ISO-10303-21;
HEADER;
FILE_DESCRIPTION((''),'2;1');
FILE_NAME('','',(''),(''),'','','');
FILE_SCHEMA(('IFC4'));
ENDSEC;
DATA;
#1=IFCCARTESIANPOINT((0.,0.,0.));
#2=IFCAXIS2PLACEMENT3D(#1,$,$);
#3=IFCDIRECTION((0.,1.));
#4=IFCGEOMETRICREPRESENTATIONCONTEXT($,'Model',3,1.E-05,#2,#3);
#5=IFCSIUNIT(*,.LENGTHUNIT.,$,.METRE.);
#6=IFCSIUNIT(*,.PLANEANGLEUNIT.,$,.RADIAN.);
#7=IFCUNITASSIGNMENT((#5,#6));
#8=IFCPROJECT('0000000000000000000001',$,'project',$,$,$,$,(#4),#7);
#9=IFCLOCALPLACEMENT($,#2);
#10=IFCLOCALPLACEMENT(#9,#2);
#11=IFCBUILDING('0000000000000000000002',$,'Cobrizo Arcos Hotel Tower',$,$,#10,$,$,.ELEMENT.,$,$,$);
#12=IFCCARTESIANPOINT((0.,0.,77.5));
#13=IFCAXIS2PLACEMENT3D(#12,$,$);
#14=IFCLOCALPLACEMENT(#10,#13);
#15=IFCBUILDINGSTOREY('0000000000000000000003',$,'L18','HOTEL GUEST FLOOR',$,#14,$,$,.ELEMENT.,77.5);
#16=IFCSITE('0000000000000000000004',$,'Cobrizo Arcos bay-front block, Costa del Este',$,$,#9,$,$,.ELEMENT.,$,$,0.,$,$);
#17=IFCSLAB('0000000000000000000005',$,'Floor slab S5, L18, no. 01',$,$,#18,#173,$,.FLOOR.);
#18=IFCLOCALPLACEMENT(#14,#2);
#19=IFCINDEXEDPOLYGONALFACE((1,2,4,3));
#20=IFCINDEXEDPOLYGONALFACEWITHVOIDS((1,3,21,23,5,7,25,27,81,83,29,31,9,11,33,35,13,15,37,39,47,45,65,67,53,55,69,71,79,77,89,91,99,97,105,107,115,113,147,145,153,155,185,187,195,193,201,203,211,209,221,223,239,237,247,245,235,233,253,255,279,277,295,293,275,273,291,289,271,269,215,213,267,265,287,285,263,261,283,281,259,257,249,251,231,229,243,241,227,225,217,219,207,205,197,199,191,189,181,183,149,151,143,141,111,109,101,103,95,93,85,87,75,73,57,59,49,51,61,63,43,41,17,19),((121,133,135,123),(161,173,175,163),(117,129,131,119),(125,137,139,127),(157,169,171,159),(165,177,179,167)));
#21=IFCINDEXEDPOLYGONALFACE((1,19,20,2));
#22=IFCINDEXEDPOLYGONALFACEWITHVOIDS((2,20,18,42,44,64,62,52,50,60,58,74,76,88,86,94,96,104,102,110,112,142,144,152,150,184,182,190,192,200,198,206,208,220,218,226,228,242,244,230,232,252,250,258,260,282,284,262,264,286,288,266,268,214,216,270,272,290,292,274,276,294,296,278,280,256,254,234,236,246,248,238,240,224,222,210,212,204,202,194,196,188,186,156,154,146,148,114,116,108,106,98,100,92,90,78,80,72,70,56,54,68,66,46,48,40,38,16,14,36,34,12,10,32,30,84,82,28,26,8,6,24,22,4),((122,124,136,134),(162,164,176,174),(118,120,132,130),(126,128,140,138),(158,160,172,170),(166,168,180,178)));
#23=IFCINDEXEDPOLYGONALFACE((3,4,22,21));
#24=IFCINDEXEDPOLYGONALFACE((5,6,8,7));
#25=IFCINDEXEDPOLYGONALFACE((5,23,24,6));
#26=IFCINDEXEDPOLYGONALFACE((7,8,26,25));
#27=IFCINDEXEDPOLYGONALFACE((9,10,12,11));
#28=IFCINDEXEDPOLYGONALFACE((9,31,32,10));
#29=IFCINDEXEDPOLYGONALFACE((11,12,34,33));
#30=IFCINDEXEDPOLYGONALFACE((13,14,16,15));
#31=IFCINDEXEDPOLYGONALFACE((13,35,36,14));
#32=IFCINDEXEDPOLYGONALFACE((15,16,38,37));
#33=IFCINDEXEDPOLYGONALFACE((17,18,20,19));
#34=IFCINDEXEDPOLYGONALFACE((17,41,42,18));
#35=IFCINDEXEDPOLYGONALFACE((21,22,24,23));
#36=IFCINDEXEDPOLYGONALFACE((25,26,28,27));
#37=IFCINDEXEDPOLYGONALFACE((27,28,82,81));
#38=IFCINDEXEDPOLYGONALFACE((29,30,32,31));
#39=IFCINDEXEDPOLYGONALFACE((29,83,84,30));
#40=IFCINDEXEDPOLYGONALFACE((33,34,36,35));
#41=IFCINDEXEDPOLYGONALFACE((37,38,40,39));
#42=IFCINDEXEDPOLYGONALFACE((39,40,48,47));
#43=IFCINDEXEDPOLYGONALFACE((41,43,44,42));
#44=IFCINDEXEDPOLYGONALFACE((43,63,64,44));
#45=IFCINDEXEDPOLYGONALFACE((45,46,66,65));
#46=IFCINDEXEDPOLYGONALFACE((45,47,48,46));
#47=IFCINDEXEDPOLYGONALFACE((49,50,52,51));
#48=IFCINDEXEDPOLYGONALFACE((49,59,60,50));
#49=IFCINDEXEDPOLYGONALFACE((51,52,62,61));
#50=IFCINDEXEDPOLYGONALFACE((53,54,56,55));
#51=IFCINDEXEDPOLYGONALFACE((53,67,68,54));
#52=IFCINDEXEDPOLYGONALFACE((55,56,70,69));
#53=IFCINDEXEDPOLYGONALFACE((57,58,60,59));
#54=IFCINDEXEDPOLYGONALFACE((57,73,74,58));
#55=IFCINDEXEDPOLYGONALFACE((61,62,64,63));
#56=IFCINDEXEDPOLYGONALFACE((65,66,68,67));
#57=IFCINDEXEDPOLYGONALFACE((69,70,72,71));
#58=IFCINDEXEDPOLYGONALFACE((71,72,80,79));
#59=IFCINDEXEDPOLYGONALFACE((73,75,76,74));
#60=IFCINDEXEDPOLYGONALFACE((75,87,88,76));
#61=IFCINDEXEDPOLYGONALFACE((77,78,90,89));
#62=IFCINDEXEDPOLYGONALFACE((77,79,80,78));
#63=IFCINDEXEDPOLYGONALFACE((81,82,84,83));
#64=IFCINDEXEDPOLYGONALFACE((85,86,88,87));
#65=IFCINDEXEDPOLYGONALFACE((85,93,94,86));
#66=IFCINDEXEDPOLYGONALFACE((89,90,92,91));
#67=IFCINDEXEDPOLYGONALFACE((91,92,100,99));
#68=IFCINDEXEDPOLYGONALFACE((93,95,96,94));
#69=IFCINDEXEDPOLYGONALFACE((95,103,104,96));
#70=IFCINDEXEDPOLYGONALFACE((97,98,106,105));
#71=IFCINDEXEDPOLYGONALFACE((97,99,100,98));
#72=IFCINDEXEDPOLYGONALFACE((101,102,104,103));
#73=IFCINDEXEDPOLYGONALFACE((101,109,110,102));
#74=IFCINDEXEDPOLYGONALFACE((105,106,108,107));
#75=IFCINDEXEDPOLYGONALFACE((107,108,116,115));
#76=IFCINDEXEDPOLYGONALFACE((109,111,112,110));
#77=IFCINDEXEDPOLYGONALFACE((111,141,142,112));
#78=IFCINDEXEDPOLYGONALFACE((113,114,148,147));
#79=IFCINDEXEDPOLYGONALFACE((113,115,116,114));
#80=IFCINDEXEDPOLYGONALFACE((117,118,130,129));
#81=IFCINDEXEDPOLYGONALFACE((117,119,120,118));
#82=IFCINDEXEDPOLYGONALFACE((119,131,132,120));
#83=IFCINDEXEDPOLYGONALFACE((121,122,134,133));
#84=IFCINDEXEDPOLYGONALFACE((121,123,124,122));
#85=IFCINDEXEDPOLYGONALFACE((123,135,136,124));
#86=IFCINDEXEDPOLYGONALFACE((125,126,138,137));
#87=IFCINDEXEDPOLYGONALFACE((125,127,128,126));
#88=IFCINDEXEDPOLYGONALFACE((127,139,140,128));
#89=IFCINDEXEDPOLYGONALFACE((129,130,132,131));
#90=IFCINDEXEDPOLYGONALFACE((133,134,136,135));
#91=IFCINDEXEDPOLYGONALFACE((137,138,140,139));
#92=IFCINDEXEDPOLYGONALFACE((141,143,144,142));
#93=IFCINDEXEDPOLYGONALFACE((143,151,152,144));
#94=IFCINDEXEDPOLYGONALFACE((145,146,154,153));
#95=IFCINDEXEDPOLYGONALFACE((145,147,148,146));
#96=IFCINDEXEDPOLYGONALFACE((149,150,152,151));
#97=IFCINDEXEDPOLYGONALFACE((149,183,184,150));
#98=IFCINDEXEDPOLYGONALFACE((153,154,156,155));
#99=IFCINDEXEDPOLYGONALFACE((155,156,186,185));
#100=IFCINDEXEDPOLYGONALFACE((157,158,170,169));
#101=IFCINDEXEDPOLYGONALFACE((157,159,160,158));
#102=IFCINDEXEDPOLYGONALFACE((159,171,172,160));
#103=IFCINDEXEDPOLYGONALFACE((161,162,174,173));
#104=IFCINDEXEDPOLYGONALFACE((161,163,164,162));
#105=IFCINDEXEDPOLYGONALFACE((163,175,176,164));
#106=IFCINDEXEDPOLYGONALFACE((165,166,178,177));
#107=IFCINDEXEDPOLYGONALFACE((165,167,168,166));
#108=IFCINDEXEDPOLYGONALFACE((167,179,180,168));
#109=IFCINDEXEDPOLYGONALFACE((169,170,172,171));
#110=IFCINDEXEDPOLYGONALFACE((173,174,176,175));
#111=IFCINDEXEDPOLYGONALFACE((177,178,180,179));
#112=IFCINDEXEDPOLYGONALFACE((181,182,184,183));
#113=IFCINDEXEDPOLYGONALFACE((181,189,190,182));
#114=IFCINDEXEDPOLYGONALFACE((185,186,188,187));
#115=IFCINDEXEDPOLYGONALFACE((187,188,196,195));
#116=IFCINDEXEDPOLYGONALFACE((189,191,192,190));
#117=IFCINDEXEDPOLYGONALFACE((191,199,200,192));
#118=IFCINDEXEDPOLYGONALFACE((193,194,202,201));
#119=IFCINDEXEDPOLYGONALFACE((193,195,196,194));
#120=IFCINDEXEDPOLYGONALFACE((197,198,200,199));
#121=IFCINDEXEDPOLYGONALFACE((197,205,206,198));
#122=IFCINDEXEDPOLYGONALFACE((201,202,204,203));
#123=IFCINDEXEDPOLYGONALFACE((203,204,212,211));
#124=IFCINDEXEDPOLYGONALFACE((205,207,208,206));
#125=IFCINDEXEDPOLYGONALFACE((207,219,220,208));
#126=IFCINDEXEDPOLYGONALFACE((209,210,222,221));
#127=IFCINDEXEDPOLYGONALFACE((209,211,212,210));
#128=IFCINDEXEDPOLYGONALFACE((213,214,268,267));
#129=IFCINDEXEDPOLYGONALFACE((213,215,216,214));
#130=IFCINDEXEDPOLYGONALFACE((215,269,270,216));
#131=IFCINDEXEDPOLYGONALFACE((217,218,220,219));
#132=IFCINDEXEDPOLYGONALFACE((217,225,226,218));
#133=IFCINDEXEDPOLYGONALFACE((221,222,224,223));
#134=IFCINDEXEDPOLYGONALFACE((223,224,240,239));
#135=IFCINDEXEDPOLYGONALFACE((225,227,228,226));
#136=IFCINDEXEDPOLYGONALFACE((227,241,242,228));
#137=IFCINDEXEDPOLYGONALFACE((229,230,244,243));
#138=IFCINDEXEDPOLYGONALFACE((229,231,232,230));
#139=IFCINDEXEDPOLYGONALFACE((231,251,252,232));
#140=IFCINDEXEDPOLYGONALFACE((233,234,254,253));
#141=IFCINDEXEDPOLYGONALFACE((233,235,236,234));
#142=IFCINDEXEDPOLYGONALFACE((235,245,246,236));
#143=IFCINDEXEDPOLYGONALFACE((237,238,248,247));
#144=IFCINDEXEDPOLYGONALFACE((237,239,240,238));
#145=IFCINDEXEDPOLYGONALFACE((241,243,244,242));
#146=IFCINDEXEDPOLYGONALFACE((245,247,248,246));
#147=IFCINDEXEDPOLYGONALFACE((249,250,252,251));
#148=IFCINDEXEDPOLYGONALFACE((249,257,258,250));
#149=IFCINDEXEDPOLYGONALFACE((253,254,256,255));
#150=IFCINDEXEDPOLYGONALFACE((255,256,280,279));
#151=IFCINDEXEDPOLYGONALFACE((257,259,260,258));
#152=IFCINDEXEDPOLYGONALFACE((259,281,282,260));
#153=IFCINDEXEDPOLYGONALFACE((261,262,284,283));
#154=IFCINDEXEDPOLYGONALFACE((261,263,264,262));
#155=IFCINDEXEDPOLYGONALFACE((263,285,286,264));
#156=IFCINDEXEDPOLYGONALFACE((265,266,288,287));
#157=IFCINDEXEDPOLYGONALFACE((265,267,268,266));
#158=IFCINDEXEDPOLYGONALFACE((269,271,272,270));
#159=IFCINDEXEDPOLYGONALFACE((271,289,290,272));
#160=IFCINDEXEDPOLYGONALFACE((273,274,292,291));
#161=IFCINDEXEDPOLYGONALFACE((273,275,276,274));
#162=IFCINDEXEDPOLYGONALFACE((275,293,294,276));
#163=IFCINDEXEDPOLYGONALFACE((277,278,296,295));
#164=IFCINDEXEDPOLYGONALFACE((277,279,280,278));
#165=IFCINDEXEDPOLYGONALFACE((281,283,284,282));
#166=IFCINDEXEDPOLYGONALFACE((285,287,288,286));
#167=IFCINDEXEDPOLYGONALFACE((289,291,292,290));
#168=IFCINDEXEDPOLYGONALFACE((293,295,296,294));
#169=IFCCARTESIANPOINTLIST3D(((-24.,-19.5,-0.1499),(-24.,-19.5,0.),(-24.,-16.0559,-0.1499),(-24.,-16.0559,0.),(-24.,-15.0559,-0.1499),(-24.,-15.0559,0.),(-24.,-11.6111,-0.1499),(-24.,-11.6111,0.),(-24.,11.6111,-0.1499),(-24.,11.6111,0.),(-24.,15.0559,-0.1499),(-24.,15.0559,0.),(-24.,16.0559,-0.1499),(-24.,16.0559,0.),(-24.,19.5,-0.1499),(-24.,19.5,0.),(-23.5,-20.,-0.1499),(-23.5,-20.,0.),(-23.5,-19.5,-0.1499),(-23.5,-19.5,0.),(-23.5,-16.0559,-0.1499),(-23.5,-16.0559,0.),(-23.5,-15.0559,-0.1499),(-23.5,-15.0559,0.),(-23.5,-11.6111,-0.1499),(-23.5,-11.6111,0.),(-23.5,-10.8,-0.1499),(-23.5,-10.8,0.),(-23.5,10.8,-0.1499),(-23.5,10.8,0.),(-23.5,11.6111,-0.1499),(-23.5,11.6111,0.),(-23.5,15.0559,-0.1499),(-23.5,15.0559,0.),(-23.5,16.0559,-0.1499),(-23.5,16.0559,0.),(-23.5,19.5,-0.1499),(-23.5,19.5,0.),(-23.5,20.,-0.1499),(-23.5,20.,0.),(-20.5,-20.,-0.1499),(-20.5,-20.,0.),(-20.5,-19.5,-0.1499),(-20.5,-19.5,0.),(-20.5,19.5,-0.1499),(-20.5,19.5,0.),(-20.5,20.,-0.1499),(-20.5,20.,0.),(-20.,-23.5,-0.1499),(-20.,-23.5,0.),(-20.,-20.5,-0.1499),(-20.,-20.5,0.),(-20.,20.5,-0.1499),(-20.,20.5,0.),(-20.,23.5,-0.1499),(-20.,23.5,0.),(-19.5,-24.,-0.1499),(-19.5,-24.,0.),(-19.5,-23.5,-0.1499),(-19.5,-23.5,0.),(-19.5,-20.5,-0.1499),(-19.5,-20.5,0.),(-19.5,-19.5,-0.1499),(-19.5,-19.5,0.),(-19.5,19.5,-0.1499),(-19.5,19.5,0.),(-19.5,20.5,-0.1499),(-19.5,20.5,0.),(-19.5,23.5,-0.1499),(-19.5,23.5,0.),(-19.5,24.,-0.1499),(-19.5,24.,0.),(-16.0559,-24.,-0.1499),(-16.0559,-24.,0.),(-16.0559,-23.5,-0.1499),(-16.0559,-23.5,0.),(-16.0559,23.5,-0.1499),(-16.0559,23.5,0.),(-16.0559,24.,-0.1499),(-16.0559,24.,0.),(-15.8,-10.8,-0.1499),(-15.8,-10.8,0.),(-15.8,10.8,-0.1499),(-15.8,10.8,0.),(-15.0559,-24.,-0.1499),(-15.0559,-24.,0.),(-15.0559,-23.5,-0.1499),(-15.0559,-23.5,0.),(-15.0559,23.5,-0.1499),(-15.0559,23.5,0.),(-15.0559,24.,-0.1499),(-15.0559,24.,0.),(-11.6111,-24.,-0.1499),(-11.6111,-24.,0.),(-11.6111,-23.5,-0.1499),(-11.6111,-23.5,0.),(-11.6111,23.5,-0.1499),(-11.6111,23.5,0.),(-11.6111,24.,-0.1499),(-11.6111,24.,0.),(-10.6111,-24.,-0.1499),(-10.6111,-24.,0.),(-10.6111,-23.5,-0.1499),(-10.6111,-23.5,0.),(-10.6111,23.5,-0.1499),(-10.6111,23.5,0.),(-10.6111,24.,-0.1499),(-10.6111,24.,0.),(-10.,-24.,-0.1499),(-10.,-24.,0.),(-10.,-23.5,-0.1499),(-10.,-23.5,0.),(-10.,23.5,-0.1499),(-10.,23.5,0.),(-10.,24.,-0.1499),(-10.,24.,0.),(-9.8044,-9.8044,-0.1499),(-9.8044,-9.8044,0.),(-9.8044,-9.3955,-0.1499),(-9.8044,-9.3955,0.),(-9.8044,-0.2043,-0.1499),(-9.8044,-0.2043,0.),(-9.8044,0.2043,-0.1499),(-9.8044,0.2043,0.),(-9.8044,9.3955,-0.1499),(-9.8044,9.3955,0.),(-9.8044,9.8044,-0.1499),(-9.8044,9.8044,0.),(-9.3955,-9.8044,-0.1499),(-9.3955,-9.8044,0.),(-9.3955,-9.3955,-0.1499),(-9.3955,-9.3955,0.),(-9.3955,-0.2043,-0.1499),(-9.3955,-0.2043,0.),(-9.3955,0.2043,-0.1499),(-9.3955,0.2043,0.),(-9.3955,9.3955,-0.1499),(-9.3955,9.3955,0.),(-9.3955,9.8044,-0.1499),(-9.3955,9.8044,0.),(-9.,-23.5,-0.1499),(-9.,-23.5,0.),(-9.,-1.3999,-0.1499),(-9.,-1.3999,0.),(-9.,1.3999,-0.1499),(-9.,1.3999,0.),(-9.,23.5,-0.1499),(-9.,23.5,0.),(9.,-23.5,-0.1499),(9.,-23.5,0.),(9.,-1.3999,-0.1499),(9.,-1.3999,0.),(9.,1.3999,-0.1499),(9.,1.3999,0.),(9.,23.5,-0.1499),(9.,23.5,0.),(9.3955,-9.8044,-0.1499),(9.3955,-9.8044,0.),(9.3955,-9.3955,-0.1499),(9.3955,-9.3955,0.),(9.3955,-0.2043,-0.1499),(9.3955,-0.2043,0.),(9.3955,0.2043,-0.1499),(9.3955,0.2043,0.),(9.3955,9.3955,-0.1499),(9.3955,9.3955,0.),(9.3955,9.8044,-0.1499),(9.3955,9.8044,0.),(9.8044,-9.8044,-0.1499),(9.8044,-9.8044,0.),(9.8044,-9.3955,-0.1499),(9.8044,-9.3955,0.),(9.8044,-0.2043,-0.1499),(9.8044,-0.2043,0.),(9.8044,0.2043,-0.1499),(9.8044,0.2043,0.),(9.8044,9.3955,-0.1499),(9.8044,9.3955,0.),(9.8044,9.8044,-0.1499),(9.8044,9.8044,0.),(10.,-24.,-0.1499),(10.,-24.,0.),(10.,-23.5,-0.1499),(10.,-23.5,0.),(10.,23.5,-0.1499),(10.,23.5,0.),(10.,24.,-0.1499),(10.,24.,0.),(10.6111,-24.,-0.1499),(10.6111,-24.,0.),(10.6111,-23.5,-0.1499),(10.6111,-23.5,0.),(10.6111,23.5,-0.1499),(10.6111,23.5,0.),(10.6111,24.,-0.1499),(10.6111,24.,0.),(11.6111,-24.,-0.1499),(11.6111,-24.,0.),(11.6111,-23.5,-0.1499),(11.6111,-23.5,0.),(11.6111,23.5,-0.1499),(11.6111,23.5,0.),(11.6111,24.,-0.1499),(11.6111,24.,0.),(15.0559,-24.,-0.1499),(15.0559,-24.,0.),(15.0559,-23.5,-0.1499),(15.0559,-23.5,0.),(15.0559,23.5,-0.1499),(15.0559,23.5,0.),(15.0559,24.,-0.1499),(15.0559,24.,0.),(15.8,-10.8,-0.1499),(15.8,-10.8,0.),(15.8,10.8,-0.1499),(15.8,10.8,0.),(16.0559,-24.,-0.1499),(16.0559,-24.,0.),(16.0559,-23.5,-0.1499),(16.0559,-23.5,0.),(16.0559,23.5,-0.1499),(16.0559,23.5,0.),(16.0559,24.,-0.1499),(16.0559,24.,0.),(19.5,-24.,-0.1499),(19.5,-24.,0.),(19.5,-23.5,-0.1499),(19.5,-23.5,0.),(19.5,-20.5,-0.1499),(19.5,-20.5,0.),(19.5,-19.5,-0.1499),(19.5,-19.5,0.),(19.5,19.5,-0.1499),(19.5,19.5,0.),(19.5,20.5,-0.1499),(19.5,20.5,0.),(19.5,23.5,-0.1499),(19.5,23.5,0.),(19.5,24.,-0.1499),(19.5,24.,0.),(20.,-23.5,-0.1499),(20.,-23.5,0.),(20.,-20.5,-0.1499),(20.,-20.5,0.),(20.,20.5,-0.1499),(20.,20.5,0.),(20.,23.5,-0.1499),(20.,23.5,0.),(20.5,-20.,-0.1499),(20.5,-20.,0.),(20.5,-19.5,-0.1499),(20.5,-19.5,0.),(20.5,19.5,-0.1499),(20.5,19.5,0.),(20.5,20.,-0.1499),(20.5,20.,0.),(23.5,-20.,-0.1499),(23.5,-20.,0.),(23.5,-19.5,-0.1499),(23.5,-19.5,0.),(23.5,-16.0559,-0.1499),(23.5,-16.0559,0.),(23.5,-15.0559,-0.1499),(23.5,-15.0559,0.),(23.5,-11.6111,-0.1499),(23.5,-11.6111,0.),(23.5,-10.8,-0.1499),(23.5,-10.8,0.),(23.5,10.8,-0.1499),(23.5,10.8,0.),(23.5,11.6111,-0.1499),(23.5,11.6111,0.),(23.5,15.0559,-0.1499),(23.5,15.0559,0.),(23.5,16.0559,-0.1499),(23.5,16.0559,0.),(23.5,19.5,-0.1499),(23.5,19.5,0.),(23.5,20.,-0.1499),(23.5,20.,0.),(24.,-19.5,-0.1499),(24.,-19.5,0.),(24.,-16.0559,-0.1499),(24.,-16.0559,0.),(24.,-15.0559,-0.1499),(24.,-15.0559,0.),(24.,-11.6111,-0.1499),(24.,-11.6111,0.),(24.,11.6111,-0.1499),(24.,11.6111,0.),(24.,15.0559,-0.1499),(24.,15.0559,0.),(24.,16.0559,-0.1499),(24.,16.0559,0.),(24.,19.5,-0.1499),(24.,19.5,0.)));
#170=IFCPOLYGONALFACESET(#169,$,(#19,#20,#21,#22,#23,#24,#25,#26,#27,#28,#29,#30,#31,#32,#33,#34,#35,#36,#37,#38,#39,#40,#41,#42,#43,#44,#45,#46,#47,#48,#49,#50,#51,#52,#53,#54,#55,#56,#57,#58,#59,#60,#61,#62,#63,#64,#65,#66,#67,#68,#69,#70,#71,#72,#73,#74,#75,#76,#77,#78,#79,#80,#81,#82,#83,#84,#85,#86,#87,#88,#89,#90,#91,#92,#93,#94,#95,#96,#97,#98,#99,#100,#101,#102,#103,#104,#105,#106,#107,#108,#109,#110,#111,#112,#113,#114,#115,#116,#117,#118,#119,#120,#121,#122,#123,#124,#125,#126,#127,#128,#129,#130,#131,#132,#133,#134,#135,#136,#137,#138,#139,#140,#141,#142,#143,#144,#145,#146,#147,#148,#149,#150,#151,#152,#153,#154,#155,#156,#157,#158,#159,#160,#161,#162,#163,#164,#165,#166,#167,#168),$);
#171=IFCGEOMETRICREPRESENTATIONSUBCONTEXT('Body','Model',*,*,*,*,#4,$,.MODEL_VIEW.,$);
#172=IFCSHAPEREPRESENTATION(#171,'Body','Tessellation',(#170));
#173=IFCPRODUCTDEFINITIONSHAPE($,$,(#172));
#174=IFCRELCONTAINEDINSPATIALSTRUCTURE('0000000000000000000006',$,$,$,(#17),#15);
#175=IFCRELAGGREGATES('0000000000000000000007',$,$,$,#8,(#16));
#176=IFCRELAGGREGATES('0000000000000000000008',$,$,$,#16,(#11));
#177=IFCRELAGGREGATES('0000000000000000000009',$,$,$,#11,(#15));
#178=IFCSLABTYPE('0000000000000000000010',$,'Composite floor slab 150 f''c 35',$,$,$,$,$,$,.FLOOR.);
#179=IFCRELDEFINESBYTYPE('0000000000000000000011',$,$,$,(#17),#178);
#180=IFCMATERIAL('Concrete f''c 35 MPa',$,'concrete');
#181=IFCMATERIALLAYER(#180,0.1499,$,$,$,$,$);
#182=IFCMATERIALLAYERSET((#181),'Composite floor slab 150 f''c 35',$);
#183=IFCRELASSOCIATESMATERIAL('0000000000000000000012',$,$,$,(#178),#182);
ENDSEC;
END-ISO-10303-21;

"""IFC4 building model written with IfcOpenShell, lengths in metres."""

from ifc_helpers import new_model, si_unit, direction, frame, origin, place, context, subcontext, project, spatial, polyline, outline, extrude, material, layer, layer_set, type_object, element, save


model = new_model("IFC4")

# Units and contexts
model_context = context("Model", 3, precision=1e-05, world=origin(), true_north=direction((0.0, 1.0)))
body_context = subcontext(model_context, "Body", "Model", "MODEL_VIEW")
ifc_project = project(units=[si_unit("LENGTHUNIT", "METRE"), si_unit("PLANEANGLEUNIT", "RADIAN")], contexts=[model_context])

# Site, building, storey
site_placement = place(None, origin())
site = spatial("IfcSite", under=ifc_project, at=site_placement, Name="Cobrizo Arcos bay-front block, Costa del Este", CompositionType="ELEMENT", RefElevation=0.0)
building_placement = place(site_placement, origin())
building = spatial("IfcBuilding", under=site, at=building_placement, Name="Cobrizo Arcos Hotel Tower", CompositionType="ELEMENT")
storey_placement = place(building_placement, frame((0.0, 0.0, 77.5)))
storey = spatial("IfcBuildingStorey", under=building, at=storey_placement, Name="L18", Description="HOTEL GUEST FLOOR", CompositionType="ELEMENT", Elevation=77.5)

# Slab
ifc_material_1 = material(Name="Concrete f'c 35 MPa", Category="concrete")
ifc_layer_1 = layer(ifc_material_1, 0.1499)
ifc_layer_set_1 = layer_set([ifc_layer_1], Name="Composite floor slab 150 f'c 35")
slab_type_1 = type_object("IfcSlabType", Name="Composite floor slab 150 f'c 35", PredefinedType="FLOOR", material=ifc_layer_set_1)
slab_1_placement = place(storey_placement, frame((0.0, 0.0, -0.1499)))
element("IfcSlab", 1, at=slab_1_placement, inside=storey, type_object=slab_type_1, Name="Floor slab S5, L18, no. 01", PredefinedType="FLOOR", context=body_context, shape_type="SweptSolid", body=[
    extrude(outline(polyline([(23.5, 20.0), (23.5, 19.5), (24.0, 19.5), (24.0, 16.0559), (23.5, 16.0559), (23.5, 15.0559), (24.0, 15.0559), (24.0, 11.6111), (23.5, 11.6111), (23.5, 10.8), (15.8, 10.8), (15.8, -10.8), (23.5, -10.8), (23.5, -11.6111), (24.0, -11.6111), (24.0, -15.0559), (23.5, -15.0559), (23.5, -16.0559), (24.0, -16.0559), (24.0, -19.5), (23.5, -19.5), (23.5, -20.0), (20.5, -20.0), (20.5, -19.5), (19.5, -19.5), (19.5, -20.5), (20.0, -20.5), (20.0, -23.5), (19.5, -23.5), (19.5, -24.0), (16.0559, -24.0), (16.0559, -23.5), (15.0559, -23.5), (15.0559, -24.0), (11.6111, -24.0), (11.6111, -23.5), (10.6111, -23.5), (10.6111, -24.0), (10.0, -24.0), (10.0, -23.5), (9.0, -23.5), (9.0, -1.3999), (-9.0, -1.3999), (-9.0, -23.5), (-10.0, -23.5), (-10.0, -24.0), (-10.6111, -24.0), (-10.6111, -23.5), (-11.6111, -23.5), (-11.6111, -24.0), (-15.0559, -24.0), (-15.0559, -23.5), (-16.0559, -23.5), (-16.0559, -24.0), (-19.5, -24.0), (-19.5, -23.5), (-20.0, -23.5), (-20.0, -20.5), (-19.5, -20.5), (-19.5, -19.5), (-20.5, -19.5), (-20.5, -20.0), (-23.5, -20.0), (-23.5, -19.5), (-24.0, -19.5), (-24.0, -16.0559), (-23.5, -16.0559), (-23.5, -15.0559), (-24.0, -15.0559), (-24.0, -11.6111), (-23.5, -11.6111), (-23.5, -10.8), (-15.8, -10.8), (-15.8, 10.8), (-23.5, 10.8), (-23.5, 11.6111), (-24.0, 11.6111), (-24.0, 15.0559), (-23.5, 15.0559), (-23.5, 16.0559), (-24.0, 16.0559), (-24.0, 19.5), (-23.5, 19.5), (-23.5, 20.0), (-20.5, 20.0), (-20.5, 19.5), (-19.5, 19.5), (-19.5, 20.5), (-20.0, 20.5), (-20.0, 23.5), (-19.5, 23.5), (-19.5, 24.0), (-16.0559, 24.0), (-16.0559, 23.5), (-15.0559, 23.5), (-15.0559, 24.0), (-11.6111, 24.0), (-11.6111, 23.5), (-10.6111, 23.5), (-10.6111, 24.0), (-10.0, 24.0), (-10.0, 23.5), (-9.0, 23.5), (-9.0, 1.3999), (9.0, 1.3999), (9.0, 23.5), (10.0, 23.5), (10.0, 24.0), (10.6111, 24.0), (10.6111, 23.5), (11.6111, 23.5), (11.6111, 24.0), (15.0559, 24.0), (15.0559, 23.5), (16.0559, 23.5), (16.0559, 24.0), (19.5, 24.0), (19.5, 23.5), (20.0, 23.5), (20.0, 20.5), (19.5, 20.5), (19.5, 19.5), (20.5, 19.5), (20.5, 20.0), (23.5, 20.0)]), holes=[polyline([(-9.8044, -9.8044), (-9.3955, -9.8044), (-9.3955, -9.3955), (-9.8044, -9.3955), (-9.8044, -9.8044)]), polyline([(-9.3955, -0.2043), (-9.3955, 0.2043), (-9.8044, 0.2043), (-9.8044, -0.2043), (-9.3955, -0.2043)]), polyline([(-9.3955, 9.3955), (-9.3955, 9.8044), (-9.8044, 9.8044), (-9.8044, 9.3955), (-9.3955, 9.3955)]), polyline([(9.3955, -9.8044), (9.8044, -9.8044), (9.8044, -9.3955), (9.3955, -9.3955), (9.3955, -9.8044)]), polyline([(9.3955, -0.2043), (9.8044, -0.2043), (9.8044, 0.2043), (9.3955, 0.2043), (9.3955, -0.2043)]), polyline([(9.8044, 9.3955), (9.8044, 9.8044), (9.3955, 9.8044), (9.3955, 9.3955), (9.8044, 9.3955)])]), origin(), (0.0, 0.0, 1.0), 0.1499),
])

save(model, "model.ifc")
